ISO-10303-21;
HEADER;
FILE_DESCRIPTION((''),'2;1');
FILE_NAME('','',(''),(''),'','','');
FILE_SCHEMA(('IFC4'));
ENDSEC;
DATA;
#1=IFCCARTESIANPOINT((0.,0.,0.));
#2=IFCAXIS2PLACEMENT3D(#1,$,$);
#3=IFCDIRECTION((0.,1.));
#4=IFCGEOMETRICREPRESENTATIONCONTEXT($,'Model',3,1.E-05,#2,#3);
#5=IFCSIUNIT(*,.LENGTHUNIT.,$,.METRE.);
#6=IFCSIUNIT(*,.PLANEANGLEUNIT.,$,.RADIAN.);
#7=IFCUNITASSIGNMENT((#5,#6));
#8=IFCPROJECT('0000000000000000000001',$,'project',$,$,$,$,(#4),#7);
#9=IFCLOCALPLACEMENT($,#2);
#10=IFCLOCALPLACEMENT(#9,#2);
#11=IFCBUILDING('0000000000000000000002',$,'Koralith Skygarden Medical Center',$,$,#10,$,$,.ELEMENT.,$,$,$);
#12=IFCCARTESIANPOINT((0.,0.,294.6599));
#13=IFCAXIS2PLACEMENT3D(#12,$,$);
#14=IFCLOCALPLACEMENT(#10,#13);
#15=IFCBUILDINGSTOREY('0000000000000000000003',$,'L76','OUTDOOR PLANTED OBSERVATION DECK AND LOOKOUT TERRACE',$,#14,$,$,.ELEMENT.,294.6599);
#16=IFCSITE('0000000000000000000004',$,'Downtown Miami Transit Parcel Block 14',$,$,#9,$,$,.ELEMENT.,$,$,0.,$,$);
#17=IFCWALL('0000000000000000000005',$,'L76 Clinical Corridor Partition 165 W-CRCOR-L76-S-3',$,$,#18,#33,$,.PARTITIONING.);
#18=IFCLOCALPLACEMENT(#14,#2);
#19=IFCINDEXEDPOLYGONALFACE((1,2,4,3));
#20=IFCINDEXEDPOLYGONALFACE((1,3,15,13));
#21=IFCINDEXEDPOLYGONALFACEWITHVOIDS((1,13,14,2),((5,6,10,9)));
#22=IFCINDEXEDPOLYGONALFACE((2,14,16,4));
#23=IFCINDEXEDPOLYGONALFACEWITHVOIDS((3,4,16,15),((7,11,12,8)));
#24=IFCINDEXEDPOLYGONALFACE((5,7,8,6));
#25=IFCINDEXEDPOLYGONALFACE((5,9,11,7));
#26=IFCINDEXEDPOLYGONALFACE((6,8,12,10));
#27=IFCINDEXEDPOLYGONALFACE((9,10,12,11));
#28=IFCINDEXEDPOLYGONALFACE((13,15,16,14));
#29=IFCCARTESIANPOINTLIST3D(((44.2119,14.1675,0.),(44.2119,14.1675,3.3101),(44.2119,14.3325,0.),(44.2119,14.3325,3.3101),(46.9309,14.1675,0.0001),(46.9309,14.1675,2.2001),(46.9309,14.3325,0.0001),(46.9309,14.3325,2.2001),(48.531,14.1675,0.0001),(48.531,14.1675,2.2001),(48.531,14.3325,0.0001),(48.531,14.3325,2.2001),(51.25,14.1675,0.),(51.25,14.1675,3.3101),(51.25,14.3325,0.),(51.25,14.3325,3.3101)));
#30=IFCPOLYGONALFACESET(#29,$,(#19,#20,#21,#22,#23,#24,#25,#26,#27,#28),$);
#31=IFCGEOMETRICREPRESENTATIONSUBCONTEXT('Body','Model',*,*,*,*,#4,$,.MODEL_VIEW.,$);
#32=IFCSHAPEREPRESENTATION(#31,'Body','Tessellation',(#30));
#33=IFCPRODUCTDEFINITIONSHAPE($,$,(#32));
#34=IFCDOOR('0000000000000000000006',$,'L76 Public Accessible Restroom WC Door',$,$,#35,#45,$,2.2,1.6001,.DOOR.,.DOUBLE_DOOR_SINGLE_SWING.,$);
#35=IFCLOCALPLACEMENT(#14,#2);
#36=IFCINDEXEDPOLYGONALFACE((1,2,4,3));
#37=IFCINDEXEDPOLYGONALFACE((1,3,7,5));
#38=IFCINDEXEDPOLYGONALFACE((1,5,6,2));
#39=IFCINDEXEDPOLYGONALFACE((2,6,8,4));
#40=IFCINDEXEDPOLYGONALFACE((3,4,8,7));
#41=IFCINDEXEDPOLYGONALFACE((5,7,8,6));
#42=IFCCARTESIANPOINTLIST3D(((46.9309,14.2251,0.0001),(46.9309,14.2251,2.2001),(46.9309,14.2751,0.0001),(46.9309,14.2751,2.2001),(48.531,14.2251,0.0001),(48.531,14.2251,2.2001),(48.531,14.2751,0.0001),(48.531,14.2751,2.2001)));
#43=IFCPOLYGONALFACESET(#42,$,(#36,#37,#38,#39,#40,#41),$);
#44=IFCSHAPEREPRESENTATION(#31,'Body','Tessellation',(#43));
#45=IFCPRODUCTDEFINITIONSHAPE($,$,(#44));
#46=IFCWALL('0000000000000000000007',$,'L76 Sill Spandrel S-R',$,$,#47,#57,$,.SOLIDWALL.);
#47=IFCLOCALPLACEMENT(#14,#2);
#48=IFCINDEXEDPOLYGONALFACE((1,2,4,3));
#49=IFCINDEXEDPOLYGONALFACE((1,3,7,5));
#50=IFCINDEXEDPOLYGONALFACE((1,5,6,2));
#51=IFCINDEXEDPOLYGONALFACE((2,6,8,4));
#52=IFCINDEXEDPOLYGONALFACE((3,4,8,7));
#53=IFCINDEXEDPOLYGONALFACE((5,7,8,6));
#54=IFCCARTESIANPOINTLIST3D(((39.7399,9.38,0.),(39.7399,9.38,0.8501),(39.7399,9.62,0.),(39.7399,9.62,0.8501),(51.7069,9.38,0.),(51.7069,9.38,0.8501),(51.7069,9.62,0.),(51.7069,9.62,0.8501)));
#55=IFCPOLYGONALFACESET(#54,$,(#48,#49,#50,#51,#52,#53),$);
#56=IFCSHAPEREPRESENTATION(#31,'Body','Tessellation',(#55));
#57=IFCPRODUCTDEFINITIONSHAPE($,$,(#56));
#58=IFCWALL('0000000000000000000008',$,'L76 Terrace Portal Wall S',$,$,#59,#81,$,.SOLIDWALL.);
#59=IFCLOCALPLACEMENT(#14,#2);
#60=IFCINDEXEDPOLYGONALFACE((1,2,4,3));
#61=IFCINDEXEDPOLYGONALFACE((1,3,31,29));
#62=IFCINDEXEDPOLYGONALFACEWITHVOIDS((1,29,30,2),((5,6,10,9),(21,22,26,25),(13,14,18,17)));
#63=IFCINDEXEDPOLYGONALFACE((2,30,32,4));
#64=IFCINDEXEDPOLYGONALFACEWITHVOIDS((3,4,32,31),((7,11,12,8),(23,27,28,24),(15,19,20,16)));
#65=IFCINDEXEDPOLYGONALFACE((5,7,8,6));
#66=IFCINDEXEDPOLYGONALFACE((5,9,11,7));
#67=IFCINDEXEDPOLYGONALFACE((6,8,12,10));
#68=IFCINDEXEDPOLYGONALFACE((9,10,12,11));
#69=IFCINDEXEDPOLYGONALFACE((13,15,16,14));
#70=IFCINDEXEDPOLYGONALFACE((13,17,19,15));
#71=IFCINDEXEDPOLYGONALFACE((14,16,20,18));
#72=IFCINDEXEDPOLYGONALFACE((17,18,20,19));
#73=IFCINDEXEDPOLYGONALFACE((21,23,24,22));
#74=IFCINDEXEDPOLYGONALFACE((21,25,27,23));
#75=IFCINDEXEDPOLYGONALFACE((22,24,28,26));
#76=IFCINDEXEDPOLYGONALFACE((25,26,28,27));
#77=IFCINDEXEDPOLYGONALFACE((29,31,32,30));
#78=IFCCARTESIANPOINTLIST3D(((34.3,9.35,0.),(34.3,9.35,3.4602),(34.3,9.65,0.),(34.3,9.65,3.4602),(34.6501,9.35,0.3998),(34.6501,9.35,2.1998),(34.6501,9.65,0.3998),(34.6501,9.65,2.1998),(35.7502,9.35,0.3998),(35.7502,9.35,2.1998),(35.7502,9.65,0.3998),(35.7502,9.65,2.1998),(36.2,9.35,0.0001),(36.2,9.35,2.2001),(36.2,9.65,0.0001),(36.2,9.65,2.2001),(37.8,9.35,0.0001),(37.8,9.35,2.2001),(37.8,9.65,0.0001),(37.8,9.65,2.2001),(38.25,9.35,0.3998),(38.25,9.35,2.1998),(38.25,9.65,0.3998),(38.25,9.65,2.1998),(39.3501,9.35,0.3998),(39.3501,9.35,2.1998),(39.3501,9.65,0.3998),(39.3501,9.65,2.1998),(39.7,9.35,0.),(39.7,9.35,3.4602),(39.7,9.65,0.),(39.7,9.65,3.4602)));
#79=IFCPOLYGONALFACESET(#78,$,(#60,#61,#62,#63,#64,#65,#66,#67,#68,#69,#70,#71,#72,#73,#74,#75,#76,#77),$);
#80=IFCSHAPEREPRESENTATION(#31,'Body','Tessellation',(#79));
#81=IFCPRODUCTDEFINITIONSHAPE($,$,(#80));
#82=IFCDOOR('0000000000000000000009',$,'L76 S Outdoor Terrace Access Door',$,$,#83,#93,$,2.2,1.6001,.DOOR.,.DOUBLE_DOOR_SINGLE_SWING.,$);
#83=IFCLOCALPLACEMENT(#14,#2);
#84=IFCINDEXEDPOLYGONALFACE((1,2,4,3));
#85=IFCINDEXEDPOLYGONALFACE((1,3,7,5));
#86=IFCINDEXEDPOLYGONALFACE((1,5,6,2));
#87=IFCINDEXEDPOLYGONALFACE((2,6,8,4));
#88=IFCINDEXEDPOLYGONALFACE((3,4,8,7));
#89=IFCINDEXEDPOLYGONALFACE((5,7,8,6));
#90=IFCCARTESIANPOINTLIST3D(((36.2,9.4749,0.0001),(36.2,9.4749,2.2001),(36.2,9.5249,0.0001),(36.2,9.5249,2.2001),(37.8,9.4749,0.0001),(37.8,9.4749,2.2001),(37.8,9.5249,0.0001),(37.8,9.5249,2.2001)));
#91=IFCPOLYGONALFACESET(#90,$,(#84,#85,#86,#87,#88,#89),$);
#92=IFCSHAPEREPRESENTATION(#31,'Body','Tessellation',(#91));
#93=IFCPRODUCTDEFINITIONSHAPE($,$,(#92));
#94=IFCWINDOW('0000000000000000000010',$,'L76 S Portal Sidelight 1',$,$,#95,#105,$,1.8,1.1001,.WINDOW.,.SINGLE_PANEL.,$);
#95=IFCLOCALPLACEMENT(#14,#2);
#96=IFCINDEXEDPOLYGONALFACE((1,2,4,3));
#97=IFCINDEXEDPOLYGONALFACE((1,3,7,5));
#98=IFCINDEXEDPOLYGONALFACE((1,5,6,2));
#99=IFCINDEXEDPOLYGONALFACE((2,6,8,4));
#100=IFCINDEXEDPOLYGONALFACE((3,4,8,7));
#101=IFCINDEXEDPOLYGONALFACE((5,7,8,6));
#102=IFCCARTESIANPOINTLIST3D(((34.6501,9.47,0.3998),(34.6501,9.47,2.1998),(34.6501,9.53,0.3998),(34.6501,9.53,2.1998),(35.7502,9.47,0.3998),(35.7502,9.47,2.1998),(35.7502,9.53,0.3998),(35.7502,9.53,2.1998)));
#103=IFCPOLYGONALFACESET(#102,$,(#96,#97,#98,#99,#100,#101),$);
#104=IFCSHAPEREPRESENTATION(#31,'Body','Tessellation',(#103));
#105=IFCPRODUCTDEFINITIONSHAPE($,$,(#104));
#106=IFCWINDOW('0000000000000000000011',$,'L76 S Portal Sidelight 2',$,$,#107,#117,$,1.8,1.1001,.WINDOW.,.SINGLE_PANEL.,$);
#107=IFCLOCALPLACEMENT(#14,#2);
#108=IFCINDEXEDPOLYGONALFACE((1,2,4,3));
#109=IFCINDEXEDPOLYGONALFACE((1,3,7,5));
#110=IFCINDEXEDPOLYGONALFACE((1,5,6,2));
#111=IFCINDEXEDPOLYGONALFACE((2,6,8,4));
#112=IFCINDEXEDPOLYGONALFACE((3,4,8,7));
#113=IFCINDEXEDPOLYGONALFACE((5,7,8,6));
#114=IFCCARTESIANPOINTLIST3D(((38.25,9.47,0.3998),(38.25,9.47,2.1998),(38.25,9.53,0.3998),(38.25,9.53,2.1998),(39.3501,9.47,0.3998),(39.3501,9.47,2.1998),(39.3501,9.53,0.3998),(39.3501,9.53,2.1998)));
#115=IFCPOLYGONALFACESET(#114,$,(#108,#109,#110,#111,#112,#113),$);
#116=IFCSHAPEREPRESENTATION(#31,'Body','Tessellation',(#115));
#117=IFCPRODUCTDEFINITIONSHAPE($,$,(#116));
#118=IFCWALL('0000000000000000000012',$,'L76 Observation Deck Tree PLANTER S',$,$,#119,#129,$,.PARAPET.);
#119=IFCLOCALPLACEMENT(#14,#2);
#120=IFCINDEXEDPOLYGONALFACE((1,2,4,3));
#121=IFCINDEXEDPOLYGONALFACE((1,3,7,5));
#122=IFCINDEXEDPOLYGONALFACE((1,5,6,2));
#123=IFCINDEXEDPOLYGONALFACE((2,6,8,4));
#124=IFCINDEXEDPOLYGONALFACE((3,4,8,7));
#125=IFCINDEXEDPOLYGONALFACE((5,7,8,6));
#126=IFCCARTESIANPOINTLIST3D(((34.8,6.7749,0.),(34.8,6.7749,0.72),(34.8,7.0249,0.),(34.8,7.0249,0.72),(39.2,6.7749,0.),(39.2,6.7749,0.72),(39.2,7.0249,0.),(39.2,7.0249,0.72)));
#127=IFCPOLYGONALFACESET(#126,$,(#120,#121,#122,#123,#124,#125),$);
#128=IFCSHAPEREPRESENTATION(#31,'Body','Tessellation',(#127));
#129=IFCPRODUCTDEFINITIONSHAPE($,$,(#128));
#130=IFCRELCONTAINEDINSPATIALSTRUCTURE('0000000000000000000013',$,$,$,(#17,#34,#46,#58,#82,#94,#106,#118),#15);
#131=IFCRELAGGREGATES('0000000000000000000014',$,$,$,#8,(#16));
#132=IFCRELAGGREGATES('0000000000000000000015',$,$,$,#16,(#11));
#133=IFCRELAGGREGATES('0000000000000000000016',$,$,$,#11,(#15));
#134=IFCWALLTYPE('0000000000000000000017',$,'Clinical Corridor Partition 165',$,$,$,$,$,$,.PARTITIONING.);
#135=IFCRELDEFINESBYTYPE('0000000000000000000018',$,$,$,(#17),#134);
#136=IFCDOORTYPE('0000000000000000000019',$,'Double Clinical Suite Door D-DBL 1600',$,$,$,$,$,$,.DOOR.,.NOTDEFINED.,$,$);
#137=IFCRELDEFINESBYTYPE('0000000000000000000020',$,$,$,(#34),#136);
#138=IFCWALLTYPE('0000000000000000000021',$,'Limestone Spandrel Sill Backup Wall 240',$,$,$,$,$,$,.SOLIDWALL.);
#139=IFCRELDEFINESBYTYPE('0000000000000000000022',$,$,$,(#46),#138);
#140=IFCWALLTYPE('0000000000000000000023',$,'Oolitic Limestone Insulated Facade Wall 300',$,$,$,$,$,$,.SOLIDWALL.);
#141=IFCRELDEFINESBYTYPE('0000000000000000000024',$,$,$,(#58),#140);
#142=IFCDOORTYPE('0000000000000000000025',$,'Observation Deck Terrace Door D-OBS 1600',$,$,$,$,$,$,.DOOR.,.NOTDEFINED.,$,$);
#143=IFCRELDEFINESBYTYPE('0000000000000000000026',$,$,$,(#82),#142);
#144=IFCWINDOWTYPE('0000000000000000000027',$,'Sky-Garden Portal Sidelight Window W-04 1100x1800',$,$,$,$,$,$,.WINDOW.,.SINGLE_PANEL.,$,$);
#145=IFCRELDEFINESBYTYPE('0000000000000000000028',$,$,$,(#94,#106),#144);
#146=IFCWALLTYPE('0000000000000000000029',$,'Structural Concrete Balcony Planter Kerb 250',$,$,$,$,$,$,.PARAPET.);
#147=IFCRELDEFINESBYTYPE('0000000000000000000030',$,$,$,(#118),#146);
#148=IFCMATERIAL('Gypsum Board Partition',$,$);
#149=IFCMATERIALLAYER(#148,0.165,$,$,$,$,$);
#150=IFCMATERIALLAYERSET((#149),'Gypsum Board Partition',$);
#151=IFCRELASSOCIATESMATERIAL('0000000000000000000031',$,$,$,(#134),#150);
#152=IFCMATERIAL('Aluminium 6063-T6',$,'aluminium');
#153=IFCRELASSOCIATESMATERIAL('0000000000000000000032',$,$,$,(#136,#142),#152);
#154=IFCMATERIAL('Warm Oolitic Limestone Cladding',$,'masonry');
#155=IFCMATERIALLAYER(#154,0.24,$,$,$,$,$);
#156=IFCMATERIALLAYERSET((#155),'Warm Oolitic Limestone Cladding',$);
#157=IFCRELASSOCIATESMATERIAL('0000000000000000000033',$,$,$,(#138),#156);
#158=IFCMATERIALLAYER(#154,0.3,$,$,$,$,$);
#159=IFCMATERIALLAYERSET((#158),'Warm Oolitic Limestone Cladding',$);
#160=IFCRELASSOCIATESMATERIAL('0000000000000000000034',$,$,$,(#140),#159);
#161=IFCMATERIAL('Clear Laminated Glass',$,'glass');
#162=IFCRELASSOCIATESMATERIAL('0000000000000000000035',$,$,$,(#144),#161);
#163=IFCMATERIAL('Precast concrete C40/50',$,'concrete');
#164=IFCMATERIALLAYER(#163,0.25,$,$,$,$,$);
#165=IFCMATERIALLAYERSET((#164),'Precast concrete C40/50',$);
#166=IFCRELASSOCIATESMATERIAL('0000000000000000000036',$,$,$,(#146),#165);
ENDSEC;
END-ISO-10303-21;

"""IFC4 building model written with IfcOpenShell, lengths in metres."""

from ifc_helpers import new_model, si_unit, direction, frame, frame_2d, origin, place, context, subcontext, project, spatial, rectangle, extrude, material, layer, layer_set, type_object, element, fill, save


model = new_model("IFC4")

# Units and contexts
model_context = context("Model", 3, precision=1e-05, world=origin(), true_north=direction((0.0, 1.0)))
body_context = subcontext(model_context, "Body", "Model", "MODEL_VIEW")
ifc_project = project(units=[si_unit("LENGTHUNIT", "METRE"), si_unit("PLANEANGLEUNIT", "RADIAN")], contexts=[model_context])

# Site, building, storey
site_placement = place(None, origin())
site = spatial("IfcSite", under=ifc_project, at=site_placement, Name="Downtown Miami Transit Parcel Block 14", CompositionType="ELEMENT", RefElevation=0.0)
building_placement = place(site_placement, origin())
building = spatial("IfcBuilding", under=site, at=building_placement, Name="Koralith Skygarden Medical Center", CompositionType="ELEMENT")
storey_placement = place(building_placement, frame((0.0, 0.0, 294.6599)))
storey = spatial("IfcBuildingStorey", under=building, at=storey_placement, Name="L76", Description="OUTDOOR PLANTED OBSERVATION DECK AND LOOKOUT TERRACE", CompositionType="ELEMENT", Elevation=294.6599)

# Shared definitions
ifc_material_1 = material(Name="Clear Laminated Glass", Category="glass")
ifc_material_2 = material(Name="Aluminium 6063-T6", Category="aluminium")

# Shared definitions
ifc_material_3 = material(Name="Gypsum Board Partition")

# Wall, opening, door
ifc_layer_1 = layer(ifc_material_3, 0.165)
ifc_layer_set_1 = layer_set([ifc_layer_1], Name="Gypsum Board Partition")
wall_type_1 = type_object("IfcWallType", Name="Clinical Corridor Partition 165", PredefinedType="PARTITIONING", material=ifc_layer_set_1)
wall_1_placement = place(storey_placement, frame((44.2119, 14.25, 0.0), z_axis=(0.0, 0.0, 1.0), x_axis=(1.0, 0.0, 0.0)))
wall_1 = element("IfcWall", 1, at=wall_1_placement, inside=storey, type_object=wall_type_1, Name="L76 Clinical Corridor Partition 165 W-CRCOR-L76-S-3", PredefinedType="PARTITIONING", context=body_context, shape_type="SweptSolid", body=[
    extrude(rectangle(XDim=7.0381, YDim=0.165, at=frame_2d((3.519, 0.0))), origin(), (0.0, 0.0, 1.0), 3.3101),
])
opening_1_placement = place(wall_1_placement, frame((2.719, 0.0, 0.0)))
opening_1 = element("IfcOpeningElement", 2, at=opening_1_placement, cuts=wall_1, PredefinedType="OPENING", context=body_context, shape_type="SweptSolid", body=[
    extrude(rectangle(XDim=1.6001, YDim=2.2, at=frame_2d((0.8, 1.1001))), frame((0.0, 0.0925, 0.0), z_axis=(0.0, -1.0, 0.0), x_axis=(1.0, 0.0, 0.0)), (0.0, 0.0, 1.0), 0.1851),
])
door_type_1 = type_object("IfcDoorType", Name="Double Clinical Suite Door D-DBL 1600", OperationType="NOTDEFINED", PredefinedType="DOOR", material=ifc_material_2)
door_1_placement = place(opening_1_placement, frame((1.6001, 0.0, 0.0), z_axis=(0.0, 0.0, 1.0), x_axis=(-1.0, 0.0, 0.0)))
door_1 = element("IfcDoor", 3, at=door_1_placement, inside=storey, type_object=door_type_1, Name="L76 Public Accessible Restroom WC Door", OperationType="DOUBLE_DOOR_SINGLE_SWING", OverallHeight=2.2, OverallWidth=1.6001, PredefinedType="DOOR", context=body_context, shape_type="SweptSolid", body=[
    extrude(rectangle(XDim=1.6001, YDim=2.2, at=frame_2d((0.8, 1.1001))), frame((0.0, 0.0249, 0.0), z_axis=(0.0, -1.0, 0.0), x_axis=(1.0, 0.0, 0.0)), (0.0, 0.0, 1.0), 0.05),
])
fill(opening_1, door_1)

# Wall
ifc_material_4 = material(Name="Warm Oolitic Limestone Cladding", Category="masonry")
ifc_layer_2 = layer(ifc_material_4, 0.24)
ifc_layer_set_2 = layer_set([ifc_layer_2], Name="Warm Oolitic Limestone Cladding")
wall_type_2 = type_object("IfcWallType", Name="Limestone Spandrel Sill Backup Wall 240", PredefinedType="SOLIDWALL", material=ifc_layer_set_2)
wall_2_placement = place(storey_placement, frame((39.74, 9.5, 0.0), z_axis=(0.0, 0.0, 1.0), x_axis=(1.0, 0.0, 0.0)))
element("IfcWall", 4, at=wall_2_placement, inside=storey, type_object=wall_type_2, Name="L76 Sill Spandrel S-R", PredefinedType="SOLIDWALL", context=body_context, shape_type="SweptSolid", body=[
    extrude(rectangle(XDim=11.967, YDim=0.24, at=frame_2d((5.9834, 0.0))), origin(), (0.0, 0.0, 1.0), 0.8501),
])

# Wall, openings, door, windows
ifc_layer_3 = layer(ifc_material_4, 0.3)
ifc_layer_set_3 = layer_set([ifc_layer_3], Name="Warm Oolitic Limestone Cladding")
wall_type_3 = type_object("IfcWallType", Name="Oolitic Limestone Insulated Facade Wall 300", PredefinedType="SOLIDWALL", material=ifc_layer_set_3)
wall_3_placement = place(storey_placement, frame((34.3, 9.5, 0.0), z_axis=(0.0, 0.0, 1.0), x_axis=(1.0, 0.0, 0.0)))
wall_3 = element("IfcWall", 5, at=wall_3_placement, inside=storey, type_object=wall_type_3, Name="L76 Terrace Portal Wall S", PredefinedType="SOLIDWALL", context=body_context, shape_type="SweptSolid", body=[
    extrude(rectangle(XDim=5.3999, YDim=0.3, at=frame_2d((2.7, 0.0))), origin(), (0.0, 0.0, 1.0), 3.4602),
])
opening_2_placement = place(wall_3_placement, frame((1.8999, 0.0, 0.0)))
opening_2 = element("IfcOpeningElement", 6, at=opening_2_placement, cuts=wall_3, PredefinedType="OPENING", context=body_context, shape_type="SweptSolid", body=[
    extrude(rectangle(XDim=1.6001, YDim=2.2, at=frame_2d((0.8, 1.1001))), frame((0.0, 0.1599, 0.0), z_axis=(0.0, -1.0, 0.0), x_axis=(1.0, 0.0, 0.0)), (0.0, 0.0, 1.0), 0.3201),
])
opening_3_placement = place(wall_3_placement, frame((0.3501, 0.0, 0.3999)))
opening_3 = element("IfcOpeningElement", 7, at=opening_3_placement, cuts=wall_3, PredefinedType="OPENING", context=body_context, shape_type="SweptSolid", body=[
    extrude(rectangle(XDim=1.1001, YDim=1.8, at=frame_2d((0.55, 0.8999))), frame((0.0, 0.1599, 0.0), z_axis=(0.0, -1.0, 0.0), x_axis=(1.0, 0.0, 0.0)), (0.0, 0.0, 1.0), 0.3201),
])
opening_4_placement = place(wall_3_placement, frame((3.95, 0.0, 0.3999)))
opening_4 = element("IfcOpeningElement", 8, at=opening_4_placement, cuts=wall_3, PredefinedType="OPENING", context=body_context, shape_type="SweptSolid", body=[
    extrude(rectangle(XDim=1.1001, YDim=1.8, at=frame_2d((0.55, 0.8999))), frame((0.0, 0.1599, 0.0), z_axis=(0.0, -1.0, 0.0), x_axis=(1.0, 0.0, 0.0)), (0.0, 0.0, 1.0), 0.3201),
])
door_type_2 = type_object("IfcDoorType", Name="Observation Deck Terrace Door D-OBS 1600", OperationType="NOTDEFINED", PredefinedType="DOOR", material=ifc_material_2)
door_2_placement = place(opening_2_placement, origin())
door_2 = element("IfcDoor", 9, at=door_2_placement, inside=storey, type_object=door_type_2, Name="L76 S Outdoor Terrace Access Door", OperationType="DOUBLE_DOOR_SINGLE_SWING", OverallHeight=2.2, OverallWidth=1.6001, PredefinedType="DOOR", context=body_context, shape_type="SweptSolid", body=[
    extrude(rectangle(XDim=1.6001, YDim=2.2, at=frame_2d((0.8, 1.1001))), frame((0.0, 0.0249, 0.0), z_axis=(0.0, -1.0, 0.0), x_axis=(1.0, 0.0, 0.0)), (0.0, 0.0, 1.0), 0.05),
])
fill(opening_2, door_2)
window_type = type_object("IfcWindowType", Name="Sky-Garden Portal Sidelight Window W-04 1100x1800", PartitioningType="SINGLE_PANEL", PredefinedType="WINDOW", material=ifc_material_1)
window_1_placement = place(opening_3_placement, origin())
window_1 = element("IfcWindow", 10, at=window_1_placement, inside=storey, type_object=window_type, Name="L76 S Portal Sidelight 1", OverallHeight=1.8, OverallWidth=1.1001, PartitioningType="SINGLE_PANEL", PredefinedType="WINDOW", context=body_context, shape_type="SweptSolid", body=[
    extrude(rectangle(XDim=1.1001, YDim=1.8, at=frame_2d((0.55, 0.8999))), frame((0.0, 0.03, 0.0), z_axis=(0.0, -1.0, 0.0), x_axis=(1.0, 0.0, 0.0)), (0.0, 0.0, 1.0), 0.0601),
])
fill(opening_3, window_1)
window_2_placement = place(opening_4_placement, origin())
window_2 = element("IfcWindow", 11, at=window_2_placement, inside=storey, type_object=window_type, Name="L76 S Portal Sidelight 2", OverallHeight=1.8, OverallWidth=1.1001, PartitioningType="SINGLE_PANEL", PredefinedType="WINDOW", context=body_context, shape_type="SweptSolid", body=[
    extrude(rectangle(XDim=1.1001, YDim=1.8, at=frame_2d((0.55, 0.8999))), frame((0.0, 0.03, 0.0), z_axis=(0.0, -1.0, 0.0), x_axis=(1.0, 0.0, 0.0)), (0.0, 0.0, 1.0), 0.0601),
])
fill(opening_4, window_2)

# Wall
ifc_material_5 = material(Name="Precast concrete C40/50", Category="concrete")
ifc_layer_4 = layer(ifc_material_5, 0.25)
ifc_layer_set_4 = layer_set([ifc_layer_4], Name="Precast concrete C40/50")
wall_type_4 = type_object("IfcWallType", Name="Structural Concrete Balcony Planter Kerb 250", PredefinedType="PARAPET", material=ifc_layer_set_4)
wall_4_placement = place(storey_placement, frame((34.8, 6.8999, 0.0), z_axis=(0.0, 0.0, 1.0), x_axis=(1.0, 0.0, 0.0)))
element("IfcWall", 12, at=wall_4_placement, inside=storey, type_object=wall_type_4, Name="L76 Observation Deck Tree PLANTER S", PredefinedType="PARAPET", context=body_context, shape_type="SweptSolid", body=[
    extrude(rectangle(XDim=4.3999, YDim=0.25, at=frame_2d((2.2, 0.0))), origin(), (0.0, 0.0, 1.0), 0.72),
])

save(model, "model.ifc")
